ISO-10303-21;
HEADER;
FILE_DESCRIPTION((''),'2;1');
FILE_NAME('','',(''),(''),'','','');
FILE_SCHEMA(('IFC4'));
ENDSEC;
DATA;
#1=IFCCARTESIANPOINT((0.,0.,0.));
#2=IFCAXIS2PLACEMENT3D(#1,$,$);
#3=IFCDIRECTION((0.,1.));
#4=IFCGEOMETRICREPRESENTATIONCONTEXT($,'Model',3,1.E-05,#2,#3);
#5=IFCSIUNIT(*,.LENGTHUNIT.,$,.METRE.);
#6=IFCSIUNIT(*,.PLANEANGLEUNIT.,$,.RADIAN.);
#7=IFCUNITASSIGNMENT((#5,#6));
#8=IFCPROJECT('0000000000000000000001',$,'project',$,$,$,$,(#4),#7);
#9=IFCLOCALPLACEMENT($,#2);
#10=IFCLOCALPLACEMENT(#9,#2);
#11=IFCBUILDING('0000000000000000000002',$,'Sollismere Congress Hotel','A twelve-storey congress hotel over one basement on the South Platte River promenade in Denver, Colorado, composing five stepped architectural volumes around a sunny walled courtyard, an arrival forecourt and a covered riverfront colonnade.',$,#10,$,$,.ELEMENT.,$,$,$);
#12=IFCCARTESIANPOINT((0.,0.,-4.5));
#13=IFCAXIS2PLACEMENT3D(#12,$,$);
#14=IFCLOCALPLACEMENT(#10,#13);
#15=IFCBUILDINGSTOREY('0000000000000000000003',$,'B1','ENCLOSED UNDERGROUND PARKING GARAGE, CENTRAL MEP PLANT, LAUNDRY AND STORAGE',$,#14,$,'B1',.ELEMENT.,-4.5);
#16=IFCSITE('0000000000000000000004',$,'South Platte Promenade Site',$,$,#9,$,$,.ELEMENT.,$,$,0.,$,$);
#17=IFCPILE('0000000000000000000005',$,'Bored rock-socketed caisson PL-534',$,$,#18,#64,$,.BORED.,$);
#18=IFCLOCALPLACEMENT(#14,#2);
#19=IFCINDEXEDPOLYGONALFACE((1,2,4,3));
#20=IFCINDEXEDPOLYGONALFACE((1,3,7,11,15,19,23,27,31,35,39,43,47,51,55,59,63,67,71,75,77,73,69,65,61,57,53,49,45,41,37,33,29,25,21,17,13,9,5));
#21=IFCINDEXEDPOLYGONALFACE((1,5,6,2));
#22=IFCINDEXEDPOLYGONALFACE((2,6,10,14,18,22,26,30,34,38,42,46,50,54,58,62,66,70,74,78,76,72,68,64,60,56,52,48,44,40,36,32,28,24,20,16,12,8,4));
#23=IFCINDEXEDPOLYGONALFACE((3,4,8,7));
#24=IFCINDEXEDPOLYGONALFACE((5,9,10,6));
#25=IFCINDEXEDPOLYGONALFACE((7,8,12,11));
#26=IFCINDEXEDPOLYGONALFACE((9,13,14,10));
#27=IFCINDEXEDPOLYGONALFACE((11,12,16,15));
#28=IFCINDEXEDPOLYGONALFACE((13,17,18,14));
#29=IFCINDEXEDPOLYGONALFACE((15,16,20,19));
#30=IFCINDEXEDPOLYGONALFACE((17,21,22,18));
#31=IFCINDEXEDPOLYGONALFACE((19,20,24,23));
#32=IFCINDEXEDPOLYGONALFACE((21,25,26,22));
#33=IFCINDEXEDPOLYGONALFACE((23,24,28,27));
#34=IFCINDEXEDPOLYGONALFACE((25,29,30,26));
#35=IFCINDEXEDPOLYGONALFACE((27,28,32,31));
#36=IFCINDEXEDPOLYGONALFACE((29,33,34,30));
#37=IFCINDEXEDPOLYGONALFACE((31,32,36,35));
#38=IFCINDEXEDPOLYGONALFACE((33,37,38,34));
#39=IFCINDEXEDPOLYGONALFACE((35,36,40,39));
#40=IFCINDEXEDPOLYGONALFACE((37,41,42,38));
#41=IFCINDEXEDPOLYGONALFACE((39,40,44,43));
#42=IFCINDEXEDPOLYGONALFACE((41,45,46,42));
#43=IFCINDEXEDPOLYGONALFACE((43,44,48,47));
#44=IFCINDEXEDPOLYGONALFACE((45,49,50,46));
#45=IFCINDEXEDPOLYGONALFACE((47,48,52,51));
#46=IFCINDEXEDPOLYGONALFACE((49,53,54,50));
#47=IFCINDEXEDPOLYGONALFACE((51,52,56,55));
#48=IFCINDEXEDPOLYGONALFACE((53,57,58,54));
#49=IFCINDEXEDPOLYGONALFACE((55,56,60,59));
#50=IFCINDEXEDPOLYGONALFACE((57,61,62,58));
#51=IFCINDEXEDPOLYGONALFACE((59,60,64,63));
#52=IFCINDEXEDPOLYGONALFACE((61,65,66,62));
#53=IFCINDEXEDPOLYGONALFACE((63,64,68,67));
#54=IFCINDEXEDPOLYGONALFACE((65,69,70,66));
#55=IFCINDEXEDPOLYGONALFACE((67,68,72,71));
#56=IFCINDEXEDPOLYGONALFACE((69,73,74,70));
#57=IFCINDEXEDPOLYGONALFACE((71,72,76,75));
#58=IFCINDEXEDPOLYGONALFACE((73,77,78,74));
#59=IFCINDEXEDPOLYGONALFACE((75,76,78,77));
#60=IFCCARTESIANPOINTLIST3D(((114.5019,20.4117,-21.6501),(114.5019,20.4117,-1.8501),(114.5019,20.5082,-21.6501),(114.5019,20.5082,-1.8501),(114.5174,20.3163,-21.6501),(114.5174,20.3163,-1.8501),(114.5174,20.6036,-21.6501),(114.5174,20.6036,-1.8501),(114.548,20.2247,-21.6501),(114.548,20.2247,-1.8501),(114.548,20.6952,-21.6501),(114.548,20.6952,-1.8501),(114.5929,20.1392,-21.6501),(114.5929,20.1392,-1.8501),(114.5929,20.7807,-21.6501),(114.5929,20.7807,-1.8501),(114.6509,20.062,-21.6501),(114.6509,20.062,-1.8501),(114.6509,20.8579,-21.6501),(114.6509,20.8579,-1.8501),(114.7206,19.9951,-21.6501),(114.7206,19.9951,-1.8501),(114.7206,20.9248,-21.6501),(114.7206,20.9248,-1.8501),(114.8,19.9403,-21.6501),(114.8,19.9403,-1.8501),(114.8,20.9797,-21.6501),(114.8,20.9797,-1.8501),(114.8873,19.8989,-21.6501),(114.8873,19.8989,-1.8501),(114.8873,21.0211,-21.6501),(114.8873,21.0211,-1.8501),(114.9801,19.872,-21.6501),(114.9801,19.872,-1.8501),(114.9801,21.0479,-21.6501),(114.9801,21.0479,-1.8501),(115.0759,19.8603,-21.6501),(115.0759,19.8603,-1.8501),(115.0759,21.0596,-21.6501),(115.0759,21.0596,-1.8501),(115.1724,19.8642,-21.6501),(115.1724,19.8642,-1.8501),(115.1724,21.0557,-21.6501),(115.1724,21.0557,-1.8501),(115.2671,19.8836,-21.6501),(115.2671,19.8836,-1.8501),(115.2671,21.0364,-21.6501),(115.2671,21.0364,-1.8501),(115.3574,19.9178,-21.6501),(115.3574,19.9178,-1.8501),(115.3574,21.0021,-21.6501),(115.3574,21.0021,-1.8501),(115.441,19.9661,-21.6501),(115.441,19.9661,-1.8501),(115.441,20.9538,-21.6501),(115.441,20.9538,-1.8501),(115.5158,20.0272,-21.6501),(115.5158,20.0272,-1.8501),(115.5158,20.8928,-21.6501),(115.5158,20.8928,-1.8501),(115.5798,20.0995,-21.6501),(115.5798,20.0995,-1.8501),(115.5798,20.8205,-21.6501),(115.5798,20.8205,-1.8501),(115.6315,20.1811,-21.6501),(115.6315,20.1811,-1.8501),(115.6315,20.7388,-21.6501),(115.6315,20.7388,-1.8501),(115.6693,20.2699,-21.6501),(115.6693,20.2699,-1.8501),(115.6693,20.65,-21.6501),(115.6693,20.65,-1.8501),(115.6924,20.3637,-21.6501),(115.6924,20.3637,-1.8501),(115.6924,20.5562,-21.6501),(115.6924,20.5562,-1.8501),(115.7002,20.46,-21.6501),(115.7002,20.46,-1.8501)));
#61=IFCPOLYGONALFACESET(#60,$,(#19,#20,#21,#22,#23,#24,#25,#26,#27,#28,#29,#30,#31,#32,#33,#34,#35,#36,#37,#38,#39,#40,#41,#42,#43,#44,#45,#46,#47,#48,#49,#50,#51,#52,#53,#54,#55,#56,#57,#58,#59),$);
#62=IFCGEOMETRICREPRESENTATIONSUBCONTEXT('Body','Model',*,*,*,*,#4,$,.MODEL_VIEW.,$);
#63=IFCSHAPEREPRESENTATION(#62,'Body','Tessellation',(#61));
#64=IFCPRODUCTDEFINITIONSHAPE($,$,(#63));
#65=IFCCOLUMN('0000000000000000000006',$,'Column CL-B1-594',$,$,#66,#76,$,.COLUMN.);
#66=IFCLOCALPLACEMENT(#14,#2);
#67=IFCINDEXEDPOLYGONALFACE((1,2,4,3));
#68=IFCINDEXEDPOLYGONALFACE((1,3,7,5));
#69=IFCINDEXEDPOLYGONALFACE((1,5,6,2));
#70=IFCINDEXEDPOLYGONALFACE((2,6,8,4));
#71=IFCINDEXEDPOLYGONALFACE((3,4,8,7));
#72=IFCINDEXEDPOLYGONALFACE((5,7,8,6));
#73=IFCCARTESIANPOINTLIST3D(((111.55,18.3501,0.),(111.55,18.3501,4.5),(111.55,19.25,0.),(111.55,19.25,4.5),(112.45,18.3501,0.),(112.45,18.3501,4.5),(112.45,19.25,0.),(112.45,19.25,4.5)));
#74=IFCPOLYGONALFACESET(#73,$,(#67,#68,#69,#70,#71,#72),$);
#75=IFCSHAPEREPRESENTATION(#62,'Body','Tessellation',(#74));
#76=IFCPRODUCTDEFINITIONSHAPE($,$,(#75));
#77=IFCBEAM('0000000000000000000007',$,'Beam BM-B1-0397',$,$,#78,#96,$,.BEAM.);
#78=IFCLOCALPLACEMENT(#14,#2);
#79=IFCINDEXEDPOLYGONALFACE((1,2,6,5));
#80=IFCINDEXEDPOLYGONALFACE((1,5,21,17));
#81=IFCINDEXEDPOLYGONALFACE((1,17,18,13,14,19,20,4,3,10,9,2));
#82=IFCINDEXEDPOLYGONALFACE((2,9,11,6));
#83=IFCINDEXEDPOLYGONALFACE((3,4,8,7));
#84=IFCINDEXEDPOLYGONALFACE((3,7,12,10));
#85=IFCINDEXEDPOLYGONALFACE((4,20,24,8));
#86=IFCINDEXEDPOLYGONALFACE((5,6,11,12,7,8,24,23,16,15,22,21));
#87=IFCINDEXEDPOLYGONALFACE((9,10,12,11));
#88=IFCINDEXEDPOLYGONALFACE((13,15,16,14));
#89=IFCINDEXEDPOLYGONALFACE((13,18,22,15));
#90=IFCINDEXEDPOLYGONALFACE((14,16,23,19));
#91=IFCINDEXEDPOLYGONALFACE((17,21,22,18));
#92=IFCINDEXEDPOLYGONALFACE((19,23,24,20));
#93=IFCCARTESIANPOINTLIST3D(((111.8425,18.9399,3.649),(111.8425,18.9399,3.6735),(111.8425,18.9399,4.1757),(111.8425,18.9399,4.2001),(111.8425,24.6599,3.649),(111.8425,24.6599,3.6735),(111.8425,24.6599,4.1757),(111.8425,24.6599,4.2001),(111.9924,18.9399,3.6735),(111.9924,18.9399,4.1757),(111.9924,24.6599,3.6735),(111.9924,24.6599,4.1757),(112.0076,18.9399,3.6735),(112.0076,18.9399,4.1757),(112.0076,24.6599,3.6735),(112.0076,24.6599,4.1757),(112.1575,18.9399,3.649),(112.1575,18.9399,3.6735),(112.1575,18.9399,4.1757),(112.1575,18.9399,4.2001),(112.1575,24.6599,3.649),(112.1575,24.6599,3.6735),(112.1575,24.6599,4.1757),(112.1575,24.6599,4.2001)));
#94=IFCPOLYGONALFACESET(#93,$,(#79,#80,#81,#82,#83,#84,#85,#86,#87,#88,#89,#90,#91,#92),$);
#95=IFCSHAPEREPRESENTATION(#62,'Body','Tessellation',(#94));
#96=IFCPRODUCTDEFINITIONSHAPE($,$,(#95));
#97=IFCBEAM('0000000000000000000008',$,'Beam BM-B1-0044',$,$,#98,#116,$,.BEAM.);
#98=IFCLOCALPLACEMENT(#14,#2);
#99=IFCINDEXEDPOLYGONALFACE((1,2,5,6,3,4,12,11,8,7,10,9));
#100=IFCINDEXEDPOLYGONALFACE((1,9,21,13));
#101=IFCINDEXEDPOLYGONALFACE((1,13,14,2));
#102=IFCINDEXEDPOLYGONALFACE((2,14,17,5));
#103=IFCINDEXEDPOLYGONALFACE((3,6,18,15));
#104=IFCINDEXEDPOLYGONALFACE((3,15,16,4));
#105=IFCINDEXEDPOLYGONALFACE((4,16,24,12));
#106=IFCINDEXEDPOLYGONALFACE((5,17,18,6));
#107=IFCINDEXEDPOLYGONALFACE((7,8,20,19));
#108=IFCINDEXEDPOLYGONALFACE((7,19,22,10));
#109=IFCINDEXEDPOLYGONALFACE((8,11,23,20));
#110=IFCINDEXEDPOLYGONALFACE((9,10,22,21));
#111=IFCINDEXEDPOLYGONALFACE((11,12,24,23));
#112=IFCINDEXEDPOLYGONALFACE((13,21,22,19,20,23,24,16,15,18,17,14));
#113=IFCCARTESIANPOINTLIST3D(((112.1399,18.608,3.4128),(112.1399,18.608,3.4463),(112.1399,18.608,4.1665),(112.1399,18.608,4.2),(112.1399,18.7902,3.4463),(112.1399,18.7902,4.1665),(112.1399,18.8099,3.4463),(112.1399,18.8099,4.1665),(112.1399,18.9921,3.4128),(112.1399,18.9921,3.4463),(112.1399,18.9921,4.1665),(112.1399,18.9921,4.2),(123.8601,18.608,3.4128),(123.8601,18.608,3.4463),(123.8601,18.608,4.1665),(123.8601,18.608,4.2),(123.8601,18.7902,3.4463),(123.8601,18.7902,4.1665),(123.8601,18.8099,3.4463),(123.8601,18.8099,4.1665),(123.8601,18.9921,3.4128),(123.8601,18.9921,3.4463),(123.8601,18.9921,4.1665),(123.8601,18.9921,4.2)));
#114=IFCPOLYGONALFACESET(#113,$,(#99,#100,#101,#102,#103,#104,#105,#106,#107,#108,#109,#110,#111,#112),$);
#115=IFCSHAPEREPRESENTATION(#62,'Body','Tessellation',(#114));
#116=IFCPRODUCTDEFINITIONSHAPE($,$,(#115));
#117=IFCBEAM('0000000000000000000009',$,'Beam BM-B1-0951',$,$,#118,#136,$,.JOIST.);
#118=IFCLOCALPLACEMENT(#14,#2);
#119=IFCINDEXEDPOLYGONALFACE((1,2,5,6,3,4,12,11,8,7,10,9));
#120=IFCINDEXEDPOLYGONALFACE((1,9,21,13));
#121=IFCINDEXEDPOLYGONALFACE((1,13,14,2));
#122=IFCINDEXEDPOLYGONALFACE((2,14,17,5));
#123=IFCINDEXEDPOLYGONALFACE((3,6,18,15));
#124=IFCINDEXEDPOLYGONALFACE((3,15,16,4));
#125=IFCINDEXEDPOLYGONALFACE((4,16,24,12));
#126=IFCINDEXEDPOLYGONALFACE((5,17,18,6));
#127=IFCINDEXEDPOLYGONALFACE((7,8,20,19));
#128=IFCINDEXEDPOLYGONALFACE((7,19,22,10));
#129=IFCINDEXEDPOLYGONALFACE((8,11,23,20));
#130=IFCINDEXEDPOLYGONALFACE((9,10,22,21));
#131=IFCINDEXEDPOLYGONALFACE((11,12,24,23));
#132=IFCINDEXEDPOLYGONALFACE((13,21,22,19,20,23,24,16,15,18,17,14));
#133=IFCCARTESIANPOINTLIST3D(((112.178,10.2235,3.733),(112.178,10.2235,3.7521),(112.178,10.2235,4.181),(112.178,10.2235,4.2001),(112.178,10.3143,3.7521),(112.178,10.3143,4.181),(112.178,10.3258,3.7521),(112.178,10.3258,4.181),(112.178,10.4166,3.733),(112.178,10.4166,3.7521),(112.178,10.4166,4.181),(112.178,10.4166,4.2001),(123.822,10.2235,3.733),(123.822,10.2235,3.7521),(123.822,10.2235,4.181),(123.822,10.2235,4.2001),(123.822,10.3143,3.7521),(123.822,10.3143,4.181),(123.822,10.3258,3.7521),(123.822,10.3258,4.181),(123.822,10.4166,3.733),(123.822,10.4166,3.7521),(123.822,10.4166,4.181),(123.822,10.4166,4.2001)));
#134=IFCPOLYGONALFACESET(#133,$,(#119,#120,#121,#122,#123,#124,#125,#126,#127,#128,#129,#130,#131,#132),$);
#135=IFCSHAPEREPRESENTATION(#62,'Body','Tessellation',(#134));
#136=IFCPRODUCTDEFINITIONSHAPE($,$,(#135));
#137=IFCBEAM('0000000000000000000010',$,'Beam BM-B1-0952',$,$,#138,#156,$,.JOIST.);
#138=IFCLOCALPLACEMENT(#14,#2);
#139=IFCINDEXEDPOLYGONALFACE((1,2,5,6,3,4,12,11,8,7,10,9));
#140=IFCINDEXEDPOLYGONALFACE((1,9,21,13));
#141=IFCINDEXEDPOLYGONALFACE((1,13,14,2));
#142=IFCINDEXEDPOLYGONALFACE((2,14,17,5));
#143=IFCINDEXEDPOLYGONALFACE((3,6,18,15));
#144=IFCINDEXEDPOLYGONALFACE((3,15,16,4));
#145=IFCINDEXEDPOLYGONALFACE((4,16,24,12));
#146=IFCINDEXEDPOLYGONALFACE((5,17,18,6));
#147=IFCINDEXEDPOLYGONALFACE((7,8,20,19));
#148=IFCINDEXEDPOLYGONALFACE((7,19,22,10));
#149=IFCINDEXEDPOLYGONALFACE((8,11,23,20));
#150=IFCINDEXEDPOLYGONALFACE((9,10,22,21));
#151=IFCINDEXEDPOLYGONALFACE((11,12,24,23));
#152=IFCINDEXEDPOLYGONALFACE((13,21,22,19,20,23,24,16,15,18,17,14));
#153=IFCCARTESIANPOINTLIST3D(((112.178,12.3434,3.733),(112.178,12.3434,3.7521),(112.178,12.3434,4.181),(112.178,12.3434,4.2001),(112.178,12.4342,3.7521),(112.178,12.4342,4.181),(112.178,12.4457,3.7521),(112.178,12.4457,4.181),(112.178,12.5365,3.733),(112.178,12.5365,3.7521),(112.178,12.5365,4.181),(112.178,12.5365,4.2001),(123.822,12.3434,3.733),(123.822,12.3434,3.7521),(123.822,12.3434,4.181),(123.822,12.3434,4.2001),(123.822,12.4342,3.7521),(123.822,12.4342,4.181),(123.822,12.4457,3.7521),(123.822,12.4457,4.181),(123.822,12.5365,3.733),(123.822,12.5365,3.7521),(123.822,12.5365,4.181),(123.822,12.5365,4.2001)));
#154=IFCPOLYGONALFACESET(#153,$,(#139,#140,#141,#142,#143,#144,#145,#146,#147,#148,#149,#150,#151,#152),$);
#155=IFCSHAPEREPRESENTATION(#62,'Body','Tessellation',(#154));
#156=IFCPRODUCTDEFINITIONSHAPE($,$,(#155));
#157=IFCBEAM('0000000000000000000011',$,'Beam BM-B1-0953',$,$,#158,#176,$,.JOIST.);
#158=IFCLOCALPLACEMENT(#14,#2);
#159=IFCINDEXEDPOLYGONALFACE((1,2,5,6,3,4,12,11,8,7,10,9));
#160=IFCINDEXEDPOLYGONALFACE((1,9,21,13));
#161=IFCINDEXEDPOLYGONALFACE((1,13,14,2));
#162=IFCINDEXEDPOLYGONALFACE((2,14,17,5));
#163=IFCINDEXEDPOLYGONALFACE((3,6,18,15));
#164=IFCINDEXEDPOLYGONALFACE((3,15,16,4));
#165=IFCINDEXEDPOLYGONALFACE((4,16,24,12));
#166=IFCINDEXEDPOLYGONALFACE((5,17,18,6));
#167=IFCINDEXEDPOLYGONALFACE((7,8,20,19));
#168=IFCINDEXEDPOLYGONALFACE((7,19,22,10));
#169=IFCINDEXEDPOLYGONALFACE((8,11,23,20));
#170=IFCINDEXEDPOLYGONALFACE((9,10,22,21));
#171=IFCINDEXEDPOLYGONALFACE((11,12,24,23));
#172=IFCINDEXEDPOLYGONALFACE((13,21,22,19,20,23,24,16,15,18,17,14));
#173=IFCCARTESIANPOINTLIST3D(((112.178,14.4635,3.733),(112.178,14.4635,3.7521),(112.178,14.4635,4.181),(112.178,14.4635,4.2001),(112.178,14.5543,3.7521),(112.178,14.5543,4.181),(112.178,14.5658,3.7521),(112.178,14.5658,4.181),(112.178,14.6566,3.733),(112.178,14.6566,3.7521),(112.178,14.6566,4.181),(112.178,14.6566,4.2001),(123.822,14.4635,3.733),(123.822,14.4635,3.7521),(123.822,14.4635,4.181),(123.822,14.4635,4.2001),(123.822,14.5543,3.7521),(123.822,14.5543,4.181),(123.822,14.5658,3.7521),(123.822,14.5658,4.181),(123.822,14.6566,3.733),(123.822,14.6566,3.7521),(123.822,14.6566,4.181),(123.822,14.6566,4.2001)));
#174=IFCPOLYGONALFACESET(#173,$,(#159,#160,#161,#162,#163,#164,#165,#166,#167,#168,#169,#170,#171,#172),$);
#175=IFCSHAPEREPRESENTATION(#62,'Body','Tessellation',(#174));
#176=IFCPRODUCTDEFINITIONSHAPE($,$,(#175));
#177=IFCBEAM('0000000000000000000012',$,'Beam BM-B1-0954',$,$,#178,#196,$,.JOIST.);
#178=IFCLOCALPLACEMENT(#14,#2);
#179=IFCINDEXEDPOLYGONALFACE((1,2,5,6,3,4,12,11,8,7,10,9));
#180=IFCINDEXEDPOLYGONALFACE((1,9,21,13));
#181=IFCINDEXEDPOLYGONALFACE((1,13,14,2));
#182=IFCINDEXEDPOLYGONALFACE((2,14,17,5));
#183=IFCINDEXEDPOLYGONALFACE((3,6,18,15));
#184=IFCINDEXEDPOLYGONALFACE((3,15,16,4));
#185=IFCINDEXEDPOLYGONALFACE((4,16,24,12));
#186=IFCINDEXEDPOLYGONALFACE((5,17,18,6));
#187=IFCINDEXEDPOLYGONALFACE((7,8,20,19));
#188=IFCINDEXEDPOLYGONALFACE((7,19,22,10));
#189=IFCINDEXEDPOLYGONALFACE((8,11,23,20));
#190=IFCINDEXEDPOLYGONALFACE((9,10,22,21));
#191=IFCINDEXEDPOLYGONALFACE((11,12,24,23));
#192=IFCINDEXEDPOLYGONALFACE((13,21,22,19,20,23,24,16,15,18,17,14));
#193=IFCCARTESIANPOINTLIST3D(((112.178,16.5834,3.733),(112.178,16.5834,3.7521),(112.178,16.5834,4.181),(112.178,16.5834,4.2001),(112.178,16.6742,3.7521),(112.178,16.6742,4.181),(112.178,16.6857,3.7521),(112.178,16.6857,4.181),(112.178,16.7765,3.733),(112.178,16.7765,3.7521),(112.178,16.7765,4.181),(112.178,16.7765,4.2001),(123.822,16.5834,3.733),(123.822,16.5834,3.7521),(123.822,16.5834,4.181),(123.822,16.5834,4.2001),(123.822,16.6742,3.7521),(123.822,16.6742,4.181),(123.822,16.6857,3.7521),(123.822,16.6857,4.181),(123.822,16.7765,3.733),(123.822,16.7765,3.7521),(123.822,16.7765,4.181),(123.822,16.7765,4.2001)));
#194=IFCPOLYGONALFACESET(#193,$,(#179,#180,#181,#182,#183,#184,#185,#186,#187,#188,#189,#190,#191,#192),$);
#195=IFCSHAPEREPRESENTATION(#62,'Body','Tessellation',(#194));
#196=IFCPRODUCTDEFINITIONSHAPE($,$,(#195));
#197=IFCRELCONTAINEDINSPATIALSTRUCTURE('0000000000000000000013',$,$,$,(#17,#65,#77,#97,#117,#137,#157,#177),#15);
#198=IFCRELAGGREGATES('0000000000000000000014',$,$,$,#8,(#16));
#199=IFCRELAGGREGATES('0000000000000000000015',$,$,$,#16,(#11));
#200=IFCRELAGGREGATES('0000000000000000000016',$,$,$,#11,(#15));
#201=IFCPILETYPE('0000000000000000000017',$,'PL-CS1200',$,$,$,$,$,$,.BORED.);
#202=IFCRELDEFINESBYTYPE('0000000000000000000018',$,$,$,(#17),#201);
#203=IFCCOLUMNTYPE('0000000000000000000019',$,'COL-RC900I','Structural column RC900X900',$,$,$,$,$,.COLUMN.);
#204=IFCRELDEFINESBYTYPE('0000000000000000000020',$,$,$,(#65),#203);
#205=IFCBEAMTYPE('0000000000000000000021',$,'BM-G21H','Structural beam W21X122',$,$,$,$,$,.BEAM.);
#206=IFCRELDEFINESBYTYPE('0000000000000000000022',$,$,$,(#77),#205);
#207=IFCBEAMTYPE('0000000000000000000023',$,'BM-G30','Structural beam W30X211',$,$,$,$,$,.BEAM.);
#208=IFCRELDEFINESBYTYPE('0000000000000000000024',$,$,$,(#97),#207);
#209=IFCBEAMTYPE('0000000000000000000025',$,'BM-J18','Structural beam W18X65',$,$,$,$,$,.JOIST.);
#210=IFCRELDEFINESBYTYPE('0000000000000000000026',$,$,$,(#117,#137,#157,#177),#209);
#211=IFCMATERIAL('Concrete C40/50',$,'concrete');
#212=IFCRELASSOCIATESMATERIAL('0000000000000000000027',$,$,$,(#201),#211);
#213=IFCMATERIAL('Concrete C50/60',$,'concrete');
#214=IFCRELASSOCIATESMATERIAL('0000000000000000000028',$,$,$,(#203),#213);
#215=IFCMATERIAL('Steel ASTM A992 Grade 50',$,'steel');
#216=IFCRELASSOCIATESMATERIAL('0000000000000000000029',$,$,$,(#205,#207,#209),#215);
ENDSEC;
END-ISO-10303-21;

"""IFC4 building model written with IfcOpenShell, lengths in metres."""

from ifc_helpers import new_model, si_unit, direction, frame, origin, origin_2d, place, context, subcontext, project, spatial, rectangle, circle, i_section, extrude, material, material_profile, profile_set, type_object, element, save


model = new_model("IFC4")

# Units and contexts
model_context = context("Model", 3, precision=1e-05, world=origin(), true_north=direction((0.0, 1.0)))
body_context = subcontext(model_context, "Body", "Model", "MODEL_VIEW")
ifc_project = project(units=[si_unit("LENGTHUNIT", "METRE"), si_unit("PLANEANGLEUNIT", "RADIAN")], contexts=[model_context])

# Site, building, storey
site_placement = place(None, origin())
site = spatial("IfcSite", under=ifc_project, at=site_placement, Name="South Platte Promenade Site", CompositionType="ELEMENT", RefElevation=0.0)
building_placement = place(site_placement, origin())
building = spatial("IfcBuilding", under=site, at=building_placement, Name="Sollismere Congress Hotel", Description="A twelve-storey congress hotel over one basement on the South Platte River promenade in Denver, Colorado, composing five stepped architectural volumes around a sunny walled courtyard, an arrival forecourt and a covered riverfront colonnade.", CompositionType="ELEMENT")
storey_placement = place(building_placement, frame((0.0, 0.0, -4.5)))
storey = spatial("IfcBuildingStorey", under=building, at=storey_placement, Name="B1", Description="ENCLOSED UNDERGROUND PARKING GARAGE, CENTRAL MEP PLANT, LAUNDRY AND STORAGE", LongName="B1", CompositionType="ELEMENT", Elevation=-4.5)

# Shared definitions
ifc_material_1 = material(Name="Concrete C40/50", Category="concrete")

# Pile
ifc_material_profile_1 = material_profile(ifc_material_1, circle(Radius=0.6001, at=origin_2d()), Name="CAISSON1200")
ifc_profile_set_1 = profile_set([ifc_material_profile_1], Name="Concrete C40/50")
pile_type = type_object("IfcPileType", Name="PL-CS1200", PredefinedType="BORED", material=ifc_profile_set_1)
for number, where, z_axis, x_axis, name in (
    (1, (115.1001, 20.46, -1.8501), (0.0, 0.0, -1.0), (1.0, 0.0, 0.0), "Bored rock-socketed caisson PL-534"),
):
    element("IfcPile", number, at=place(storey_placement, frame(where, z_axis=z_axis, x_axis=x_axis)), inside=storey, type_object=pile_type, Name=name, PredefinedType="BORED", context=body_context, shape_type="SweptSolid", body=[
        extrude(circle(Radius=0.6001, at=origin_2d()), origin(), (0.0, 0.0, 1.0), 19.8),
    ])

# Column
ifc_material_2 = material(Name="Concrete C50/60", Category="concrete")
ifc_material_profile_2 = material_profile(ifc_material_2, rectangle(XDim=0.8999, YDim=0.8999, at=origin_2d()), Name="RC900X900")
ifc_profile_set_2 = profile_set([ifc_material_profile_2], Name="Concrete C50/60")
column_type = type_object("IfcColumnType", Name="COL-RC900I", Description="Structural column RC900X900", PredefinedType="COLUMN", material=ifc_profile_set_2)
column_placement = place(storey_placement, frame((112.0, 18.8, 0.0), z_axis=(0.0, 0.0, 1.0), x_axis=(0.0, 1.0, 0.0)))
element("IfcColumn", 2, at=column_placement, inside=storey, type_object=column_type, Name="Column CL-B1-594", PredefinedType="COLUMN", context=body_context, shape_type="SweptSolid", body=[
    extrude(rectangle(XDim=0.8999, YDim=0.8999, at=origin_2d()), origin(), (0.0, 0.0, 1.0), 4.5),
])

# Beams
ifc_material_3 = material(Name="Steel ASTM A992 Grade 50", Category="steel")
ifc_material_profile_3 = material_profile(ifc_material_3, i_section(OverallWidth=0.3149, OverallDepth=0.551, WebThickness=0.0151, FlangeThickness=0.0244, at=origin_2d()), Name="W21X122")
ifc_profile_set_3 = profile_set([ifc_material_profile_3], Name="Steel ASTM A992 Grade 50")
beam_type_1 = type_object("IfcBeamType", Name="BM-G21H", Description="Structural beam W21X122", PredefinedType="BEAM", material=ifc_profile_set_3)
beam_1_placement = place(storey_placement, frame((112.0, 18.9399, 3.9246), z_axis=(0.0, 1.0, 0.0), x_axis=(-1.0, 0.0, 0.0)))
element("IfcBeam", 3, at=beam_1_placement, inside=storey, type_object=beam_type_1, Name="Beam BM-B1-0397", PredefinedType="BEAM", context=body_context, shape_type="SweptSolid", body=[
    extrude(i_section(OverallWidth=0.3149, OverallDepth=0.551, WebThickness=0.0151, FlangeThickness=0.0244, at=origin_2d()), origin(), (0.0, 0.0, 1.0), 5.72),
])
ifc_material_profile_4 = material_profile(ifc_material_3, i_section(OverallWidth=0.384, OverallDepth=0.7871, WebThickness=0.0198, FlangeThickness=0.0334, at=origin_2d()), Name="W30X211")
ifc_profile_set_4 = profile_set([ifc_material_profile_4], Name="Steel ASTM A992 Grade 50")
beam_type_2 = type_object("IfcBeamType", Name="BM-G30", Description="Structural beam W30X211", PredefinedType="BEAM", material=ifc_profile_set_4)
beam_2_placement = place(storey_placement, frame((112.1399, 18.8, 3.8064), z_axis=(1.0, 0.0, 0.0), x_axis=(0.0, 1.0, 0.0)))
element("IfcBeam", 4, at=beam_2_placement, inside=storey, type_object=beam_type_2, Name="Beam BM-B1-0044", PredefinedType="BEAM", context=body_context, shape_type="SweptSolid", body=[
    extrude(i_section(OverallWidth=0.384, OverallDepth=0.7871, WebThickness=0.0198, FlangeThickness=0.0334, at=origin_2d()), origin(), (0.0, 0.0, 1.0), 11.7202),
])
ifc_material_profile_5 = material_profile(ifc_material_3, i_section(OverallWidth=0.1931, OverallDepth=0.467, WebThickness=0.0115, FlangeThickness=0.019, at=origin_2d()), Name="W18X65")
ifc_profile_set_5 = profile_set([ifc_material_profile_5], Name="Steel ASTM A992 Grade 50")
beam_type_3 = type_object("IfcBeamType", Name="BM-J18", Description="Structural beam W18X65", PredefinedType="JOIST", material=ifc_profile_set_5)
for number, where, z_axis, x_axis, name in (
    (5, (112.178, 10.3201, 3.9666), (1.0, 0.0, 0.0), (0.0, 1.0, 0.0), "Beam BM-B1-0951"),
    (6, (112.178, 12.4399, 3.9666), (1.0, 0.0, 0.0), (0.0, 1.0, 0.0), "Beam BM-B1-0952"),
    (7, (112.178, 14.5601, 3.9666), (1.0, 0.0, 0.0), (0.0, 1.0, 0.0), "Beam BM-B1-0953"),
    (8, (112.178, 16.6799, 3.9666), (1.0, 0.0, 0.0), (0.0, 1.0, 0.0), "Beam BM-B1-0954"),
):
    element("IfcBeam", number, at=place(storey_placement, frame(where, z_axis=z_axis, x_axis=x_axis)), inside=storey, type_object=beam_type_3, Name=name, PredefinedType="JOIST", context=body_context, shape_type="SweptSolid", body=[
        extrude(i_section(OverallWidth=0.1931, OverallDepth=0.467, WebThickness=0.0115, FlangeThickness=0.019, at=origin_2d()), origin(), (0.0, 0.0, 1.0), 11.644),
    ])

save(model, "model.ifc")
